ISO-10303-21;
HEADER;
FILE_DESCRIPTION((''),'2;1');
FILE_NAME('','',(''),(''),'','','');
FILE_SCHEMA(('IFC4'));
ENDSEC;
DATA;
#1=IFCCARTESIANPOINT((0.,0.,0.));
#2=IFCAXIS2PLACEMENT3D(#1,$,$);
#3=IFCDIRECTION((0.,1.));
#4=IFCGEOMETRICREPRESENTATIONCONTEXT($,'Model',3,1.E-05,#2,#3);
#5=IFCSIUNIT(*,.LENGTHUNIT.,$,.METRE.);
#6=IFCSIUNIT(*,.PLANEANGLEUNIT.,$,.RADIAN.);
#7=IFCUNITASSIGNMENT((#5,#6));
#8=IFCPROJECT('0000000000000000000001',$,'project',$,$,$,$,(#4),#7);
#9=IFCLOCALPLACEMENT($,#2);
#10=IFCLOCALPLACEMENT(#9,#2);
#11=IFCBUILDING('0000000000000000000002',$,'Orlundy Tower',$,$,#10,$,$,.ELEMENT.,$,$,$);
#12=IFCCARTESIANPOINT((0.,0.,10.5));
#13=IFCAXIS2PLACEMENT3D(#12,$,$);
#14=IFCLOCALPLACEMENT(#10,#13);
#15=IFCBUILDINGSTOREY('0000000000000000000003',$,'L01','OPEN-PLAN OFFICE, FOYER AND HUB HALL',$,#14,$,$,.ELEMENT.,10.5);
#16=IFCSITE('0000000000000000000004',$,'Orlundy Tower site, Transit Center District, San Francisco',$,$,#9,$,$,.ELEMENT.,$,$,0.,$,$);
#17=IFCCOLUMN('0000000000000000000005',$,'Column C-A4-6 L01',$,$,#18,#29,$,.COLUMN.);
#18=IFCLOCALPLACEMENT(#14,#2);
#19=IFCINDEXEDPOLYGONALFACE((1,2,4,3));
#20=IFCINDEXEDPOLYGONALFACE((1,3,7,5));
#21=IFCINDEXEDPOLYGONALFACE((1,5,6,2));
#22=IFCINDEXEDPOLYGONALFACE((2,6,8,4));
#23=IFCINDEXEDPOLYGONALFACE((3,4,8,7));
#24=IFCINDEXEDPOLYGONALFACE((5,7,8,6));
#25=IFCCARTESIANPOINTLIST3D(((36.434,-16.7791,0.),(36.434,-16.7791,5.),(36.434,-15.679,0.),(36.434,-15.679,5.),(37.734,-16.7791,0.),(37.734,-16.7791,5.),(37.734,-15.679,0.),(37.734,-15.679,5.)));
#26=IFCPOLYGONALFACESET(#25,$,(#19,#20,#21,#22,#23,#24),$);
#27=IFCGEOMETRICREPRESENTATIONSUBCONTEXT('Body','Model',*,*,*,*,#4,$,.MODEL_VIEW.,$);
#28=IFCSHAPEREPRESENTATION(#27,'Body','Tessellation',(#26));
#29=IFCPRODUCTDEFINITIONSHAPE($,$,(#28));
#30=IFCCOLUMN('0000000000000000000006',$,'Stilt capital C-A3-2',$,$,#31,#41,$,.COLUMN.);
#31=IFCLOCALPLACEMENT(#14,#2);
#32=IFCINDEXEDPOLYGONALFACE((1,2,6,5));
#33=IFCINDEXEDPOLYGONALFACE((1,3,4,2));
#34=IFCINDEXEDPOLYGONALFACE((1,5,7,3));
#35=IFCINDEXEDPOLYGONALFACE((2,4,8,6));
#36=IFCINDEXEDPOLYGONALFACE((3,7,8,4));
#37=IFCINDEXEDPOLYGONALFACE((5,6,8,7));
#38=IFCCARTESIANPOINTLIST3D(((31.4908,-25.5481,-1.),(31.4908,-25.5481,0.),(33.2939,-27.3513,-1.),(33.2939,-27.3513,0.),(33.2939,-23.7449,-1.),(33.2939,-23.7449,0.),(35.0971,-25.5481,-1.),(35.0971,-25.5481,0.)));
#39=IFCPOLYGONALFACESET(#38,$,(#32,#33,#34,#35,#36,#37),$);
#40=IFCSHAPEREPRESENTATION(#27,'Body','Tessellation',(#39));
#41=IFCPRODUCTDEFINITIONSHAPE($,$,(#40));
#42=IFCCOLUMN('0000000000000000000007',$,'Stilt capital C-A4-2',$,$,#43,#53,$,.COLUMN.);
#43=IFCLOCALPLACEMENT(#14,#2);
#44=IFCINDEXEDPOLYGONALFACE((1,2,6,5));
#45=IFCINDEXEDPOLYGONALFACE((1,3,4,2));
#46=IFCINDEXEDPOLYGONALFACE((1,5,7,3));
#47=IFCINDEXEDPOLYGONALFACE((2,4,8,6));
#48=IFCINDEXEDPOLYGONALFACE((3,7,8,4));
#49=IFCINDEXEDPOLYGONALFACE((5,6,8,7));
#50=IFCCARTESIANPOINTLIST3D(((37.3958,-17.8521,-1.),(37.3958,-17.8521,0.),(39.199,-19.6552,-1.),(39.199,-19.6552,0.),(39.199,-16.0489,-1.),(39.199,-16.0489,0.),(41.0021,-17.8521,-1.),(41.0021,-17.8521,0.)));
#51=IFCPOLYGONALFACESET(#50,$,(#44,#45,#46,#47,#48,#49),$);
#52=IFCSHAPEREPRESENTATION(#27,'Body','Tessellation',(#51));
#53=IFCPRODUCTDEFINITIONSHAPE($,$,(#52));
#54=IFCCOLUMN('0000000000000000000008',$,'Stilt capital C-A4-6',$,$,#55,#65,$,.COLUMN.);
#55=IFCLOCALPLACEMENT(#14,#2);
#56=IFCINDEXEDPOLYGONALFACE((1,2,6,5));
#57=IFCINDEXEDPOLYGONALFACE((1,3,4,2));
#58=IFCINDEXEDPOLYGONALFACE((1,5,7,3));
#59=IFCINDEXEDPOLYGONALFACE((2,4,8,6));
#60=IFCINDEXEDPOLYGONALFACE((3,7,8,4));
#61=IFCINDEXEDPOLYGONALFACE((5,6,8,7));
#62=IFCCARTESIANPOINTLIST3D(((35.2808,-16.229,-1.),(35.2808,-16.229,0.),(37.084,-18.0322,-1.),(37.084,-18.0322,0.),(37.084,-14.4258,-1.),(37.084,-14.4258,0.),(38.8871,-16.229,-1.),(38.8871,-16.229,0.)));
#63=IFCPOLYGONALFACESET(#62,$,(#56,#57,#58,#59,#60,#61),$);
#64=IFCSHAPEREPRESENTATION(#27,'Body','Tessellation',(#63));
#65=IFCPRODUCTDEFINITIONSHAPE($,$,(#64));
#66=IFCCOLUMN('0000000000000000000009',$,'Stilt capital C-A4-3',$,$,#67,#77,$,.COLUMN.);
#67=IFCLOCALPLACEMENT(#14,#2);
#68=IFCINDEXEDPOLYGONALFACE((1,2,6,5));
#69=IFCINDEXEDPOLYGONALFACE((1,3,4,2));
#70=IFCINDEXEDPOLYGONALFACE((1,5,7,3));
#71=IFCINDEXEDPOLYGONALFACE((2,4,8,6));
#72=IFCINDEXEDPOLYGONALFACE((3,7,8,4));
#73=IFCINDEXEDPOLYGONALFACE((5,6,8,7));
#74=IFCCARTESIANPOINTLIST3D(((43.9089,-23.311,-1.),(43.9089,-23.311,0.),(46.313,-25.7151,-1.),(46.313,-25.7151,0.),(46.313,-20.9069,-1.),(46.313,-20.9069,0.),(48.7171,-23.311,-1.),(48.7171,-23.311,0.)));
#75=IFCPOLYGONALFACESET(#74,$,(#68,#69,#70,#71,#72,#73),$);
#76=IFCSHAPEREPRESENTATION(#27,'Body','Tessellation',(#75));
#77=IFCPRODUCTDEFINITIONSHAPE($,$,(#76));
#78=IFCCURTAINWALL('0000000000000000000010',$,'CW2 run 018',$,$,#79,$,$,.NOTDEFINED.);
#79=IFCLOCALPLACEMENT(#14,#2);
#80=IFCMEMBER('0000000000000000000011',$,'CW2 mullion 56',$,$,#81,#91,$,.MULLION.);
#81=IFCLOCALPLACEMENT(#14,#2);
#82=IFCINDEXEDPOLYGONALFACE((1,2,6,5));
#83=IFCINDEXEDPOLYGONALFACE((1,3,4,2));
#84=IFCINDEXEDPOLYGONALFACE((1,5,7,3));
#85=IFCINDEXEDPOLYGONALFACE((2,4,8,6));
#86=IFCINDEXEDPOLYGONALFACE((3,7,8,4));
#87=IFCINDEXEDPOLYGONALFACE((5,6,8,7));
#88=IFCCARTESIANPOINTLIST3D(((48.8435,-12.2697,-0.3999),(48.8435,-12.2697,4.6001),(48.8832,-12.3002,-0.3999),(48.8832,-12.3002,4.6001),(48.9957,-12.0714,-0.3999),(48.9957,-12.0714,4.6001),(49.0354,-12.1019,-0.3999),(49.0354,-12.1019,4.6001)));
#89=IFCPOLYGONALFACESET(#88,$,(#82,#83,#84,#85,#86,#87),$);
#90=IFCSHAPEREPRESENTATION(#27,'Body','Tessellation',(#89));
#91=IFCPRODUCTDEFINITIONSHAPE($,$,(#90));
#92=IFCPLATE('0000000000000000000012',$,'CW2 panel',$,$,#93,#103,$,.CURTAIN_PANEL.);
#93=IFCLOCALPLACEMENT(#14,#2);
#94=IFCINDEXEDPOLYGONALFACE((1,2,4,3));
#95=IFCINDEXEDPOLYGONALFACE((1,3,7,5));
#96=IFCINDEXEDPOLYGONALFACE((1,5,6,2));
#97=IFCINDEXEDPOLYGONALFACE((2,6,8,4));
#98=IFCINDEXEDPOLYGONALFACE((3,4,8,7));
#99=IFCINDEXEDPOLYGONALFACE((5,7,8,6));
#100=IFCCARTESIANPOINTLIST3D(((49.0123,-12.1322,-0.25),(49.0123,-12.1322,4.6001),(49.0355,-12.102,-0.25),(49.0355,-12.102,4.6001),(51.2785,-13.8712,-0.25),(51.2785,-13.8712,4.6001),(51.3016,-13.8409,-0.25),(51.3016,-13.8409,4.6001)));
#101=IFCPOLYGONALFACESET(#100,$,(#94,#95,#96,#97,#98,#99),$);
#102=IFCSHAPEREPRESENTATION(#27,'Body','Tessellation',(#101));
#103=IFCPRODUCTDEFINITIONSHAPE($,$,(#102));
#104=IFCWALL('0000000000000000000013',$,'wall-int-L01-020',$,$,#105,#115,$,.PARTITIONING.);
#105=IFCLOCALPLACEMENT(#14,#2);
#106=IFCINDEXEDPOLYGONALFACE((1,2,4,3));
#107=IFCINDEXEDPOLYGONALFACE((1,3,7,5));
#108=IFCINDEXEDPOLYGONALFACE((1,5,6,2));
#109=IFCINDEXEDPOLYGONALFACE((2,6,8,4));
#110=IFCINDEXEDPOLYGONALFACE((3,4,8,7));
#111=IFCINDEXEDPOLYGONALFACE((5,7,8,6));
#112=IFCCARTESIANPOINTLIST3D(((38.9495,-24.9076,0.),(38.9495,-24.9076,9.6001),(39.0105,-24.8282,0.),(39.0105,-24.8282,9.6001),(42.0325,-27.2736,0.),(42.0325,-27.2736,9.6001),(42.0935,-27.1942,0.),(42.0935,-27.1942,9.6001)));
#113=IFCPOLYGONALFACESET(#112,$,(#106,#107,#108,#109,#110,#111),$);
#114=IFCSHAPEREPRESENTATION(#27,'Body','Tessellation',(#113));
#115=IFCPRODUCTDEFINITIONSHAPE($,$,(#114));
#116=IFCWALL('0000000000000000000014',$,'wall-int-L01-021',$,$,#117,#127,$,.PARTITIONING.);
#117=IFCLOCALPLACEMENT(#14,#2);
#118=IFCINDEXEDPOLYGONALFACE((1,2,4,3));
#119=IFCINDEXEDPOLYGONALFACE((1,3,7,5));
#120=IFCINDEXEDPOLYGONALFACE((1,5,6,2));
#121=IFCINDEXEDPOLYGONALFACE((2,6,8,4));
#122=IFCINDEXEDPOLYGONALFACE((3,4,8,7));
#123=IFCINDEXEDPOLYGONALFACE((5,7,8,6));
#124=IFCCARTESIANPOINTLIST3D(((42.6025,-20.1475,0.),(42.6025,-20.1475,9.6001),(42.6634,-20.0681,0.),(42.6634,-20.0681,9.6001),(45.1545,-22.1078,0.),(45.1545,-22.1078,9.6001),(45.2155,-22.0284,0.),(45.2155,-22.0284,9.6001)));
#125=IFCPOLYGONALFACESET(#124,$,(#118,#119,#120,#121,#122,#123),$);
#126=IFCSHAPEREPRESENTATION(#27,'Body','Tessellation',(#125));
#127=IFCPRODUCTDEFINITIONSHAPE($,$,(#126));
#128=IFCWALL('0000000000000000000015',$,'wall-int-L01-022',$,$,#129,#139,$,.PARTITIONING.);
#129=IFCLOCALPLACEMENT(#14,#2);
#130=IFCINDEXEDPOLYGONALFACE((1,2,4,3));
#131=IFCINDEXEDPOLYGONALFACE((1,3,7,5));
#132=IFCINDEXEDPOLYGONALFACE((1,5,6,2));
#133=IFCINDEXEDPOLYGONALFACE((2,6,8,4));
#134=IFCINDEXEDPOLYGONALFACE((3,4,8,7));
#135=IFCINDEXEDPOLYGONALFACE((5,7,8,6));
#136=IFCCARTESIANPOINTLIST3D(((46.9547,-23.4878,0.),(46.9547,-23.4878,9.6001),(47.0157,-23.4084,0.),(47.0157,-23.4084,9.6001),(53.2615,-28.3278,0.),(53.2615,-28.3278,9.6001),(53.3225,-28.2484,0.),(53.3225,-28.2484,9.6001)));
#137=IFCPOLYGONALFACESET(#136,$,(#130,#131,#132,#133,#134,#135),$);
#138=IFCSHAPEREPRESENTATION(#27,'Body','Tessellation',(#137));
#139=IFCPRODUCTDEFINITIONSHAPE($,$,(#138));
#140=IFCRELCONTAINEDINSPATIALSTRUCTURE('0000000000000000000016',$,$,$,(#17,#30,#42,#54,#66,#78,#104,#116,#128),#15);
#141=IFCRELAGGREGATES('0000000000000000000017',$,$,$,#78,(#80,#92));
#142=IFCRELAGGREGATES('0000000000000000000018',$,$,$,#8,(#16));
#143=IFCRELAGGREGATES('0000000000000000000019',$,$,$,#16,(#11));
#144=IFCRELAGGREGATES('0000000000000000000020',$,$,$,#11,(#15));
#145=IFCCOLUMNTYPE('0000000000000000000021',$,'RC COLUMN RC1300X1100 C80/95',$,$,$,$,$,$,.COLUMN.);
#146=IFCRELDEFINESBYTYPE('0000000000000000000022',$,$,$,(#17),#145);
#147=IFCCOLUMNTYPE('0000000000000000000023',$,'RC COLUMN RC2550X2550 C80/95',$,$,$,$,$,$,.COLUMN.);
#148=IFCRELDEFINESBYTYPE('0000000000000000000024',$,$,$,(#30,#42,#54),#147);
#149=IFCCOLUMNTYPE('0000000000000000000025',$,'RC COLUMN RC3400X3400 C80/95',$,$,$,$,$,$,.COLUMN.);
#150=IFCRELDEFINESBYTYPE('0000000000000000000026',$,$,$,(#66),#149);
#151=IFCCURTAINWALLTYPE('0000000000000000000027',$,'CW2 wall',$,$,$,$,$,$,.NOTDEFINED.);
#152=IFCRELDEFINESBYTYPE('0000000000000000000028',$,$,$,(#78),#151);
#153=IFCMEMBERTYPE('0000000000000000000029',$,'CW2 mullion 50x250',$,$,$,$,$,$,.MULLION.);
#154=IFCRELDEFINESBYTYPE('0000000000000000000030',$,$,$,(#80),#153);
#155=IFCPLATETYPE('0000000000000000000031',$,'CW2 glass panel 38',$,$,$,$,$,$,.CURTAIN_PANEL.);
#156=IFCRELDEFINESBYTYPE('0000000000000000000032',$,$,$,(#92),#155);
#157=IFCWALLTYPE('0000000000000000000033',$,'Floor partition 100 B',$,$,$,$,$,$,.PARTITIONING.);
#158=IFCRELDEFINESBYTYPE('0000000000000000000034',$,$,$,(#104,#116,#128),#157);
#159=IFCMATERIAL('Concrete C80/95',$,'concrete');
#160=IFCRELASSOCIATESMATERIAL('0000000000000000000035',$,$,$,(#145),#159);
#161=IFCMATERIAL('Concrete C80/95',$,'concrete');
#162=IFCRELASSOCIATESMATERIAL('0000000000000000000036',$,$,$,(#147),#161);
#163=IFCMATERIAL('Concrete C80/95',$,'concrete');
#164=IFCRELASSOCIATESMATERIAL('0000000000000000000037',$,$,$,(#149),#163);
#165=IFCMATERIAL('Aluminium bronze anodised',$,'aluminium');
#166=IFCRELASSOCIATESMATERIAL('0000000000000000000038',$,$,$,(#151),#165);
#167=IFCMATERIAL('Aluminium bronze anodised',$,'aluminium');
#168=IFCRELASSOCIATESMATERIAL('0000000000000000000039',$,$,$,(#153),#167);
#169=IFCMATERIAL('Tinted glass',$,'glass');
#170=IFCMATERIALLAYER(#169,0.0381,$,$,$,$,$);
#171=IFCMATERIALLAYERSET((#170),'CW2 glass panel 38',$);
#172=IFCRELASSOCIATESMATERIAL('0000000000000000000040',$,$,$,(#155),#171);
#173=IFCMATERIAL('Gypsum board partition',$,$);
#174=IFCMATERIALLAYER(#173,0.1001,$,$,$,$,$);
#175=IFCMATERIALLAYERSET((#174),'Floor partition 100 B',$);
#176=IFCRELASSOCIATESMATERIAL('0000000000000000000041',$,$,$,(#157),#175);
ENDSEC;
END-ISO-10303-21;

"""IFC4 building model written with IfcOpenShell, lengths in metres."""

from ifc_helpers import new_model, si_unit, direction, frame, frame_2d, origin, origin_2d, place, context, subcontext, project, spatial, rectangle, extrude, material, layer, layer_set, material_profile, profile_set, type_object, element, aggregate, save


model = new_model("IFC4")

# Units and contexts
model_context = context("Model", 3, precision=1e-05, world=origin(), true_north=direction((0.0, 1.0)))
body_context = subcontext(model_context, "Body", "Model", "MODEL_VIEW")
ifc_project = project(units=[si_unit("LENGTHUNIT", "METRE"), si_unit("PLANEANGLEUNIT", "RADIAN")], contexts=[model_context])

# Site, building, storey
site_placement = place(None, origin())
site = spatial("IfcSite", under=ifc_project, at=site_placement, Name="Orlundy Tower site, Transit Center District, San Francisco", CompositionType="ELEMENT", RefElevation=0.0)
building_placement = place(site_placement, origin())
building = spatial("IfcBuilding", under=site, at=building_placement, Name="Orlundy Tower", CompositionType="ELEMENT")
storey_placement = place(building_placement, frame((0.0, 0.0, 10.5)))
storey = spatial("IfcBuildingStorey", under=building, at=storey_placement, Name="L01", Description="OPEN-PLAN OFFICE, FOYER AND HUB HALL", CompositionType="ELEMENT", Elevation=10.5)

# Columns
ifc_material_1 = material(Name="Concrete C80/95", Category="concrete")
ifc_material_profile_1 = material_profile(ifc_material_1, rectangle(XDim=1.3, YDim=1.1001, at=origin_2d()), Name="RC1300X1100")
ifc_profile_set_1 = profile_set([ifc_material_profile_1], Name="Concrete C80/95")
column_type_1 = type_object("IfcColumnType", Name="RC COLUMN RC1300X1100 C80/95", PredefinedType="COLUMN", material=ifc_profile_set_1)
column_1_placement = place(storey_placement, frame((37.084, -16.229, 0.0), z_axis=(0.0, 0.0, 1.0), x_axis=(1.0, 0.0, 0.0)))
element("IfcColumn", 1, at=column_1_placement, inside=storey, type_object=column_type_1, Name="Column C-A4-6 L01", PredefinedType="COLUMN", context=body_context, shape_type="SweptSolid", body=[
    extrude(rectangle(XDim=1.3, YDim=1.1001, at=origin_2d()), origin(), (0.0, 0.0, 1.0), 5.0),
])
ifc_material_2 = material(Name="Concrete C80/95", Category="concrete")
ifc_material_profile_2 = material_profile(ifc_material_2, rectangle(XDim=2.55, YDim=2.55, at=origin_2d()), Name="RC2550X2550")
ifc_profile_set_2 = profile_set([ifc_material_profile_2], Name="Concrete C80/95")
column_type_2 = type_object("IfcColumnType", Name="RC COLUMN RC2550X2550 C80/95", PredefinedType="COLUMN", material=ifc_profile_set_2)
for number, where, z_axis, x_axis, name in (
    (2, (33.2939, -25.5481, -1.0), (0.0, 0.0, 1.0), (0.707107, 0.707107, 0.0), "Stilt capital C-A3-2"),
    (3, (39.199, -17.8521, -1.0), (0.0, 0.0, 1.0), (0.707107, 0.707107, 0.0), "Stilt capital C-A4-2"),
    (4, (37.084, -16.229, -1.0), (0.0, 0.0, 1.0), (0.707107, 0.707107, 0.0), "Stilt capital C-A4-6"),
):
    element("IfcColumn", number, at=place(storey_placement, frame(where, z_axis=z_axis, x_axis=x_axis)), inside=storey, type_object=column_type_2, Name=name, PredefinedType="COLUMN", context=body_context, shape_type="SweptSolid", body=[
        extrude(rectangle(XDim=2.55, YDim=2.55, at=origin_2d()), origin(), (0.0, 0.0, 1.0), 1.0),
    ])
ifc_material_3 = material(Name="Concrete C80/95", Category="concrete")
ifc_material_profile_3 = material_profile(ifc_material_3, rectangle(XDim=3.3999, YDim=3.3999, at=origin_2d()), Name="RC3400X3400")
ifc_profile_set_3 = profile_set([ifc_material_profile_3], Name="Concrete C80/95")
column_type_3 = type_object("IfcColumnType", Name="RC COLUMN RC3400X3400 C80/95", PredefinedType="COLUMN", material=ifc_profile_set_3)
column_2_placement = place(storey_placement, frame((46.313, -23.311, -1.0), z_axis=(0.0, 0.0, 1.0), x_axis=(0.707107, 0.707107, 0.0)))
element("IfcColumn", 5, at=column_2_placement, inside=storey, type_object=column_type_3, Name="Stilt capital C-A4-3", PredefinedType="COLUMN", context=body_context, shape_type="SweptSolid", body=[
    extrude(rectangle(XDim=3.3999, YDim=3.3999, at=origin_2d()), origin(), (0.0, 0.0, 1.0), 1.0),
])

# Curtain wall, member, plate
ifc_material_4 = material(Name="Aluminium bronze anodised", Category="aluminium")
curtain_wall_type = type_object("IfcCurtainWallType", Name="CW2 wall", PredefinedType="NOTDEFINED", material=ifc_material_4)
curtain_wall_placement = place(storey_placement, origin())
curtain_wall = element("IfcCurtainWall", 6, at=curtain_wall_placement, inside=storey, type_object=curtain_wall_type, Name="CW2 run 018", PredefinedType="NOTDEFINED")
ifc_material_5 = material(Name="Aluminium bronze anodised", Category="aluminium")
ifc_material_profile_4 = material_profile(ifc_material_5, rectangle(XDim=0.25, YDim=0.05, at=origin_2d()), Name="CW2 mullion 50x250")
ifc_profile_set_4 = profile_set([ifc_material_profile_4], Name="Aluminium bronze anodised")
member_type = type_object("IfcMemberType", Name="CW2 mullion 50x250", PredefinedType="MULLION", material=ifc_profile_set_4)
member_placement = place(storey_placement, frame((48.9395, -12.1858, -0.3999), z_axis=(0.0, 0.0, 1.0), x_axis=(0.608779, 0.79334, 0.0)))
member = element("IfcMember", 7, at=member_placement, type_object=member_type, Name="CW2 mullion 56", PredefinedType="MULLION", context=body_context, shape_type="SweptSolid", body=[
    extrude(rectangle(XDim=0.25, YDim=0.05, at=origin_2d()), origin(), (0.0, 0.0, 1.0), 5.0),
])
ifc_material_6 = material(Name="Tinted glass", Category="glass")
ifc_layer_1 = layer(ifc_material_6, 0.0381)
ifc_layer_set_1 = layer_set([ifc_layer_1], Name="CW2 glass panel 38")
plate_type = type_object("IfcPlateType", Name="CW2 glass panel 38", PredefinedType="CURTAIN_PANEL", material=ifc_layer_set_1)
plate_placement = place(storey_placement, frame((50.157, -12.9866, -0.25), z_axis=(0.0, 0.0, 1.0), x_axis=(0.79334, -0.608779, 0.0)))
plate = element("IfcPlate", 8, at=plate_placement, type_object=plate_type, Name="CW2 panel", PredefinedType="CURTAIN_PANEL", context=body_context, shape_type="SweptSolid", body=[
    extrude(rectangle(XDim=2.8564, YDim=0.0381, at=origin_2d()), origin(), (0.0, 0.0, 1.0), 4.8501),
])
aggregate(curtain_wall, [member, plate])

# Walls
ifc_material_7 = material(Name="Gypsum board partition")
ifc_layer_2 = layer(ifc_material_7, 0.1001)
ifc_layer_set_2 = layer_set([ifc_layer_2], Name="Floor partition 100 B")
wall_type_1 = type_object("IfcWallType", Name="Floor partition 100 B", PredefinedType="PARTITIONING", material=ifc_layer_set_2)
wall_1_placement = place(storey_placement, frame((38.98, -24.8679, 0.0), z_axis=(0.0, 0.0, 1.0), x_axis=(0.793317, -0.608809, 0.0)))
element("IfcWall", 9, at=wall_1_placement, inside=storey, type_object=wall_type_1, Name="wall-int-L01-020", PredefinedType="PARTITIONING", context=body_context, shape_type="SweptSolid", body=[
    extrude(rectangle(XDim=3.8862, YDim=0.1001, at=frame_2d((1.9431, 0.0))), origin(), (0.0, 0.0, 1.0), 9.6001),
])
wall_2_placement = place(storey_placement, frame((42.6331, -20.1079, 0.0), z_axis=(0.0, 0.0, 1.0), x_axis=(0.793055, -0.60915, 0.0)))
element("IfcWall", 10, at=wall_2_placement, inside=storey, type_object=wall_type_1, Name="wall-int-L01-021", PredefinedType="PARTITIONING", context=body_context, shape_type="SweptSolid", body=[
    extrude(rectangle(XDim=3.218, YDim=0.1001, at=frame_2d((1.6089, 0.0))), origin(), (0.0, 0.0, 1.0), 9.6001),
])
wall_3_placement = place(storey_placement, frame((46.9851, -23.448, 0.0), z_axis=(0.0, 0.0, 1.0), x_axis=(0.793314, -0.608812, 0.0)))
element("IfcWall", 11, at=wall_3_placement, inside=storey, type_object=wall_type_1, Name="wall-int-L01-022", PredefinedType="PARTITIONING", context=body_context, shape_type="SweptSolid", body=[
    extrude(rectangle(XDim=7.95, YDim=0.1001, at=frame_2d((3.9751, 0.0))), origin(), (0.0, 0.0, 1.0), 9.6001),
])

save(model, "model.ifc")
